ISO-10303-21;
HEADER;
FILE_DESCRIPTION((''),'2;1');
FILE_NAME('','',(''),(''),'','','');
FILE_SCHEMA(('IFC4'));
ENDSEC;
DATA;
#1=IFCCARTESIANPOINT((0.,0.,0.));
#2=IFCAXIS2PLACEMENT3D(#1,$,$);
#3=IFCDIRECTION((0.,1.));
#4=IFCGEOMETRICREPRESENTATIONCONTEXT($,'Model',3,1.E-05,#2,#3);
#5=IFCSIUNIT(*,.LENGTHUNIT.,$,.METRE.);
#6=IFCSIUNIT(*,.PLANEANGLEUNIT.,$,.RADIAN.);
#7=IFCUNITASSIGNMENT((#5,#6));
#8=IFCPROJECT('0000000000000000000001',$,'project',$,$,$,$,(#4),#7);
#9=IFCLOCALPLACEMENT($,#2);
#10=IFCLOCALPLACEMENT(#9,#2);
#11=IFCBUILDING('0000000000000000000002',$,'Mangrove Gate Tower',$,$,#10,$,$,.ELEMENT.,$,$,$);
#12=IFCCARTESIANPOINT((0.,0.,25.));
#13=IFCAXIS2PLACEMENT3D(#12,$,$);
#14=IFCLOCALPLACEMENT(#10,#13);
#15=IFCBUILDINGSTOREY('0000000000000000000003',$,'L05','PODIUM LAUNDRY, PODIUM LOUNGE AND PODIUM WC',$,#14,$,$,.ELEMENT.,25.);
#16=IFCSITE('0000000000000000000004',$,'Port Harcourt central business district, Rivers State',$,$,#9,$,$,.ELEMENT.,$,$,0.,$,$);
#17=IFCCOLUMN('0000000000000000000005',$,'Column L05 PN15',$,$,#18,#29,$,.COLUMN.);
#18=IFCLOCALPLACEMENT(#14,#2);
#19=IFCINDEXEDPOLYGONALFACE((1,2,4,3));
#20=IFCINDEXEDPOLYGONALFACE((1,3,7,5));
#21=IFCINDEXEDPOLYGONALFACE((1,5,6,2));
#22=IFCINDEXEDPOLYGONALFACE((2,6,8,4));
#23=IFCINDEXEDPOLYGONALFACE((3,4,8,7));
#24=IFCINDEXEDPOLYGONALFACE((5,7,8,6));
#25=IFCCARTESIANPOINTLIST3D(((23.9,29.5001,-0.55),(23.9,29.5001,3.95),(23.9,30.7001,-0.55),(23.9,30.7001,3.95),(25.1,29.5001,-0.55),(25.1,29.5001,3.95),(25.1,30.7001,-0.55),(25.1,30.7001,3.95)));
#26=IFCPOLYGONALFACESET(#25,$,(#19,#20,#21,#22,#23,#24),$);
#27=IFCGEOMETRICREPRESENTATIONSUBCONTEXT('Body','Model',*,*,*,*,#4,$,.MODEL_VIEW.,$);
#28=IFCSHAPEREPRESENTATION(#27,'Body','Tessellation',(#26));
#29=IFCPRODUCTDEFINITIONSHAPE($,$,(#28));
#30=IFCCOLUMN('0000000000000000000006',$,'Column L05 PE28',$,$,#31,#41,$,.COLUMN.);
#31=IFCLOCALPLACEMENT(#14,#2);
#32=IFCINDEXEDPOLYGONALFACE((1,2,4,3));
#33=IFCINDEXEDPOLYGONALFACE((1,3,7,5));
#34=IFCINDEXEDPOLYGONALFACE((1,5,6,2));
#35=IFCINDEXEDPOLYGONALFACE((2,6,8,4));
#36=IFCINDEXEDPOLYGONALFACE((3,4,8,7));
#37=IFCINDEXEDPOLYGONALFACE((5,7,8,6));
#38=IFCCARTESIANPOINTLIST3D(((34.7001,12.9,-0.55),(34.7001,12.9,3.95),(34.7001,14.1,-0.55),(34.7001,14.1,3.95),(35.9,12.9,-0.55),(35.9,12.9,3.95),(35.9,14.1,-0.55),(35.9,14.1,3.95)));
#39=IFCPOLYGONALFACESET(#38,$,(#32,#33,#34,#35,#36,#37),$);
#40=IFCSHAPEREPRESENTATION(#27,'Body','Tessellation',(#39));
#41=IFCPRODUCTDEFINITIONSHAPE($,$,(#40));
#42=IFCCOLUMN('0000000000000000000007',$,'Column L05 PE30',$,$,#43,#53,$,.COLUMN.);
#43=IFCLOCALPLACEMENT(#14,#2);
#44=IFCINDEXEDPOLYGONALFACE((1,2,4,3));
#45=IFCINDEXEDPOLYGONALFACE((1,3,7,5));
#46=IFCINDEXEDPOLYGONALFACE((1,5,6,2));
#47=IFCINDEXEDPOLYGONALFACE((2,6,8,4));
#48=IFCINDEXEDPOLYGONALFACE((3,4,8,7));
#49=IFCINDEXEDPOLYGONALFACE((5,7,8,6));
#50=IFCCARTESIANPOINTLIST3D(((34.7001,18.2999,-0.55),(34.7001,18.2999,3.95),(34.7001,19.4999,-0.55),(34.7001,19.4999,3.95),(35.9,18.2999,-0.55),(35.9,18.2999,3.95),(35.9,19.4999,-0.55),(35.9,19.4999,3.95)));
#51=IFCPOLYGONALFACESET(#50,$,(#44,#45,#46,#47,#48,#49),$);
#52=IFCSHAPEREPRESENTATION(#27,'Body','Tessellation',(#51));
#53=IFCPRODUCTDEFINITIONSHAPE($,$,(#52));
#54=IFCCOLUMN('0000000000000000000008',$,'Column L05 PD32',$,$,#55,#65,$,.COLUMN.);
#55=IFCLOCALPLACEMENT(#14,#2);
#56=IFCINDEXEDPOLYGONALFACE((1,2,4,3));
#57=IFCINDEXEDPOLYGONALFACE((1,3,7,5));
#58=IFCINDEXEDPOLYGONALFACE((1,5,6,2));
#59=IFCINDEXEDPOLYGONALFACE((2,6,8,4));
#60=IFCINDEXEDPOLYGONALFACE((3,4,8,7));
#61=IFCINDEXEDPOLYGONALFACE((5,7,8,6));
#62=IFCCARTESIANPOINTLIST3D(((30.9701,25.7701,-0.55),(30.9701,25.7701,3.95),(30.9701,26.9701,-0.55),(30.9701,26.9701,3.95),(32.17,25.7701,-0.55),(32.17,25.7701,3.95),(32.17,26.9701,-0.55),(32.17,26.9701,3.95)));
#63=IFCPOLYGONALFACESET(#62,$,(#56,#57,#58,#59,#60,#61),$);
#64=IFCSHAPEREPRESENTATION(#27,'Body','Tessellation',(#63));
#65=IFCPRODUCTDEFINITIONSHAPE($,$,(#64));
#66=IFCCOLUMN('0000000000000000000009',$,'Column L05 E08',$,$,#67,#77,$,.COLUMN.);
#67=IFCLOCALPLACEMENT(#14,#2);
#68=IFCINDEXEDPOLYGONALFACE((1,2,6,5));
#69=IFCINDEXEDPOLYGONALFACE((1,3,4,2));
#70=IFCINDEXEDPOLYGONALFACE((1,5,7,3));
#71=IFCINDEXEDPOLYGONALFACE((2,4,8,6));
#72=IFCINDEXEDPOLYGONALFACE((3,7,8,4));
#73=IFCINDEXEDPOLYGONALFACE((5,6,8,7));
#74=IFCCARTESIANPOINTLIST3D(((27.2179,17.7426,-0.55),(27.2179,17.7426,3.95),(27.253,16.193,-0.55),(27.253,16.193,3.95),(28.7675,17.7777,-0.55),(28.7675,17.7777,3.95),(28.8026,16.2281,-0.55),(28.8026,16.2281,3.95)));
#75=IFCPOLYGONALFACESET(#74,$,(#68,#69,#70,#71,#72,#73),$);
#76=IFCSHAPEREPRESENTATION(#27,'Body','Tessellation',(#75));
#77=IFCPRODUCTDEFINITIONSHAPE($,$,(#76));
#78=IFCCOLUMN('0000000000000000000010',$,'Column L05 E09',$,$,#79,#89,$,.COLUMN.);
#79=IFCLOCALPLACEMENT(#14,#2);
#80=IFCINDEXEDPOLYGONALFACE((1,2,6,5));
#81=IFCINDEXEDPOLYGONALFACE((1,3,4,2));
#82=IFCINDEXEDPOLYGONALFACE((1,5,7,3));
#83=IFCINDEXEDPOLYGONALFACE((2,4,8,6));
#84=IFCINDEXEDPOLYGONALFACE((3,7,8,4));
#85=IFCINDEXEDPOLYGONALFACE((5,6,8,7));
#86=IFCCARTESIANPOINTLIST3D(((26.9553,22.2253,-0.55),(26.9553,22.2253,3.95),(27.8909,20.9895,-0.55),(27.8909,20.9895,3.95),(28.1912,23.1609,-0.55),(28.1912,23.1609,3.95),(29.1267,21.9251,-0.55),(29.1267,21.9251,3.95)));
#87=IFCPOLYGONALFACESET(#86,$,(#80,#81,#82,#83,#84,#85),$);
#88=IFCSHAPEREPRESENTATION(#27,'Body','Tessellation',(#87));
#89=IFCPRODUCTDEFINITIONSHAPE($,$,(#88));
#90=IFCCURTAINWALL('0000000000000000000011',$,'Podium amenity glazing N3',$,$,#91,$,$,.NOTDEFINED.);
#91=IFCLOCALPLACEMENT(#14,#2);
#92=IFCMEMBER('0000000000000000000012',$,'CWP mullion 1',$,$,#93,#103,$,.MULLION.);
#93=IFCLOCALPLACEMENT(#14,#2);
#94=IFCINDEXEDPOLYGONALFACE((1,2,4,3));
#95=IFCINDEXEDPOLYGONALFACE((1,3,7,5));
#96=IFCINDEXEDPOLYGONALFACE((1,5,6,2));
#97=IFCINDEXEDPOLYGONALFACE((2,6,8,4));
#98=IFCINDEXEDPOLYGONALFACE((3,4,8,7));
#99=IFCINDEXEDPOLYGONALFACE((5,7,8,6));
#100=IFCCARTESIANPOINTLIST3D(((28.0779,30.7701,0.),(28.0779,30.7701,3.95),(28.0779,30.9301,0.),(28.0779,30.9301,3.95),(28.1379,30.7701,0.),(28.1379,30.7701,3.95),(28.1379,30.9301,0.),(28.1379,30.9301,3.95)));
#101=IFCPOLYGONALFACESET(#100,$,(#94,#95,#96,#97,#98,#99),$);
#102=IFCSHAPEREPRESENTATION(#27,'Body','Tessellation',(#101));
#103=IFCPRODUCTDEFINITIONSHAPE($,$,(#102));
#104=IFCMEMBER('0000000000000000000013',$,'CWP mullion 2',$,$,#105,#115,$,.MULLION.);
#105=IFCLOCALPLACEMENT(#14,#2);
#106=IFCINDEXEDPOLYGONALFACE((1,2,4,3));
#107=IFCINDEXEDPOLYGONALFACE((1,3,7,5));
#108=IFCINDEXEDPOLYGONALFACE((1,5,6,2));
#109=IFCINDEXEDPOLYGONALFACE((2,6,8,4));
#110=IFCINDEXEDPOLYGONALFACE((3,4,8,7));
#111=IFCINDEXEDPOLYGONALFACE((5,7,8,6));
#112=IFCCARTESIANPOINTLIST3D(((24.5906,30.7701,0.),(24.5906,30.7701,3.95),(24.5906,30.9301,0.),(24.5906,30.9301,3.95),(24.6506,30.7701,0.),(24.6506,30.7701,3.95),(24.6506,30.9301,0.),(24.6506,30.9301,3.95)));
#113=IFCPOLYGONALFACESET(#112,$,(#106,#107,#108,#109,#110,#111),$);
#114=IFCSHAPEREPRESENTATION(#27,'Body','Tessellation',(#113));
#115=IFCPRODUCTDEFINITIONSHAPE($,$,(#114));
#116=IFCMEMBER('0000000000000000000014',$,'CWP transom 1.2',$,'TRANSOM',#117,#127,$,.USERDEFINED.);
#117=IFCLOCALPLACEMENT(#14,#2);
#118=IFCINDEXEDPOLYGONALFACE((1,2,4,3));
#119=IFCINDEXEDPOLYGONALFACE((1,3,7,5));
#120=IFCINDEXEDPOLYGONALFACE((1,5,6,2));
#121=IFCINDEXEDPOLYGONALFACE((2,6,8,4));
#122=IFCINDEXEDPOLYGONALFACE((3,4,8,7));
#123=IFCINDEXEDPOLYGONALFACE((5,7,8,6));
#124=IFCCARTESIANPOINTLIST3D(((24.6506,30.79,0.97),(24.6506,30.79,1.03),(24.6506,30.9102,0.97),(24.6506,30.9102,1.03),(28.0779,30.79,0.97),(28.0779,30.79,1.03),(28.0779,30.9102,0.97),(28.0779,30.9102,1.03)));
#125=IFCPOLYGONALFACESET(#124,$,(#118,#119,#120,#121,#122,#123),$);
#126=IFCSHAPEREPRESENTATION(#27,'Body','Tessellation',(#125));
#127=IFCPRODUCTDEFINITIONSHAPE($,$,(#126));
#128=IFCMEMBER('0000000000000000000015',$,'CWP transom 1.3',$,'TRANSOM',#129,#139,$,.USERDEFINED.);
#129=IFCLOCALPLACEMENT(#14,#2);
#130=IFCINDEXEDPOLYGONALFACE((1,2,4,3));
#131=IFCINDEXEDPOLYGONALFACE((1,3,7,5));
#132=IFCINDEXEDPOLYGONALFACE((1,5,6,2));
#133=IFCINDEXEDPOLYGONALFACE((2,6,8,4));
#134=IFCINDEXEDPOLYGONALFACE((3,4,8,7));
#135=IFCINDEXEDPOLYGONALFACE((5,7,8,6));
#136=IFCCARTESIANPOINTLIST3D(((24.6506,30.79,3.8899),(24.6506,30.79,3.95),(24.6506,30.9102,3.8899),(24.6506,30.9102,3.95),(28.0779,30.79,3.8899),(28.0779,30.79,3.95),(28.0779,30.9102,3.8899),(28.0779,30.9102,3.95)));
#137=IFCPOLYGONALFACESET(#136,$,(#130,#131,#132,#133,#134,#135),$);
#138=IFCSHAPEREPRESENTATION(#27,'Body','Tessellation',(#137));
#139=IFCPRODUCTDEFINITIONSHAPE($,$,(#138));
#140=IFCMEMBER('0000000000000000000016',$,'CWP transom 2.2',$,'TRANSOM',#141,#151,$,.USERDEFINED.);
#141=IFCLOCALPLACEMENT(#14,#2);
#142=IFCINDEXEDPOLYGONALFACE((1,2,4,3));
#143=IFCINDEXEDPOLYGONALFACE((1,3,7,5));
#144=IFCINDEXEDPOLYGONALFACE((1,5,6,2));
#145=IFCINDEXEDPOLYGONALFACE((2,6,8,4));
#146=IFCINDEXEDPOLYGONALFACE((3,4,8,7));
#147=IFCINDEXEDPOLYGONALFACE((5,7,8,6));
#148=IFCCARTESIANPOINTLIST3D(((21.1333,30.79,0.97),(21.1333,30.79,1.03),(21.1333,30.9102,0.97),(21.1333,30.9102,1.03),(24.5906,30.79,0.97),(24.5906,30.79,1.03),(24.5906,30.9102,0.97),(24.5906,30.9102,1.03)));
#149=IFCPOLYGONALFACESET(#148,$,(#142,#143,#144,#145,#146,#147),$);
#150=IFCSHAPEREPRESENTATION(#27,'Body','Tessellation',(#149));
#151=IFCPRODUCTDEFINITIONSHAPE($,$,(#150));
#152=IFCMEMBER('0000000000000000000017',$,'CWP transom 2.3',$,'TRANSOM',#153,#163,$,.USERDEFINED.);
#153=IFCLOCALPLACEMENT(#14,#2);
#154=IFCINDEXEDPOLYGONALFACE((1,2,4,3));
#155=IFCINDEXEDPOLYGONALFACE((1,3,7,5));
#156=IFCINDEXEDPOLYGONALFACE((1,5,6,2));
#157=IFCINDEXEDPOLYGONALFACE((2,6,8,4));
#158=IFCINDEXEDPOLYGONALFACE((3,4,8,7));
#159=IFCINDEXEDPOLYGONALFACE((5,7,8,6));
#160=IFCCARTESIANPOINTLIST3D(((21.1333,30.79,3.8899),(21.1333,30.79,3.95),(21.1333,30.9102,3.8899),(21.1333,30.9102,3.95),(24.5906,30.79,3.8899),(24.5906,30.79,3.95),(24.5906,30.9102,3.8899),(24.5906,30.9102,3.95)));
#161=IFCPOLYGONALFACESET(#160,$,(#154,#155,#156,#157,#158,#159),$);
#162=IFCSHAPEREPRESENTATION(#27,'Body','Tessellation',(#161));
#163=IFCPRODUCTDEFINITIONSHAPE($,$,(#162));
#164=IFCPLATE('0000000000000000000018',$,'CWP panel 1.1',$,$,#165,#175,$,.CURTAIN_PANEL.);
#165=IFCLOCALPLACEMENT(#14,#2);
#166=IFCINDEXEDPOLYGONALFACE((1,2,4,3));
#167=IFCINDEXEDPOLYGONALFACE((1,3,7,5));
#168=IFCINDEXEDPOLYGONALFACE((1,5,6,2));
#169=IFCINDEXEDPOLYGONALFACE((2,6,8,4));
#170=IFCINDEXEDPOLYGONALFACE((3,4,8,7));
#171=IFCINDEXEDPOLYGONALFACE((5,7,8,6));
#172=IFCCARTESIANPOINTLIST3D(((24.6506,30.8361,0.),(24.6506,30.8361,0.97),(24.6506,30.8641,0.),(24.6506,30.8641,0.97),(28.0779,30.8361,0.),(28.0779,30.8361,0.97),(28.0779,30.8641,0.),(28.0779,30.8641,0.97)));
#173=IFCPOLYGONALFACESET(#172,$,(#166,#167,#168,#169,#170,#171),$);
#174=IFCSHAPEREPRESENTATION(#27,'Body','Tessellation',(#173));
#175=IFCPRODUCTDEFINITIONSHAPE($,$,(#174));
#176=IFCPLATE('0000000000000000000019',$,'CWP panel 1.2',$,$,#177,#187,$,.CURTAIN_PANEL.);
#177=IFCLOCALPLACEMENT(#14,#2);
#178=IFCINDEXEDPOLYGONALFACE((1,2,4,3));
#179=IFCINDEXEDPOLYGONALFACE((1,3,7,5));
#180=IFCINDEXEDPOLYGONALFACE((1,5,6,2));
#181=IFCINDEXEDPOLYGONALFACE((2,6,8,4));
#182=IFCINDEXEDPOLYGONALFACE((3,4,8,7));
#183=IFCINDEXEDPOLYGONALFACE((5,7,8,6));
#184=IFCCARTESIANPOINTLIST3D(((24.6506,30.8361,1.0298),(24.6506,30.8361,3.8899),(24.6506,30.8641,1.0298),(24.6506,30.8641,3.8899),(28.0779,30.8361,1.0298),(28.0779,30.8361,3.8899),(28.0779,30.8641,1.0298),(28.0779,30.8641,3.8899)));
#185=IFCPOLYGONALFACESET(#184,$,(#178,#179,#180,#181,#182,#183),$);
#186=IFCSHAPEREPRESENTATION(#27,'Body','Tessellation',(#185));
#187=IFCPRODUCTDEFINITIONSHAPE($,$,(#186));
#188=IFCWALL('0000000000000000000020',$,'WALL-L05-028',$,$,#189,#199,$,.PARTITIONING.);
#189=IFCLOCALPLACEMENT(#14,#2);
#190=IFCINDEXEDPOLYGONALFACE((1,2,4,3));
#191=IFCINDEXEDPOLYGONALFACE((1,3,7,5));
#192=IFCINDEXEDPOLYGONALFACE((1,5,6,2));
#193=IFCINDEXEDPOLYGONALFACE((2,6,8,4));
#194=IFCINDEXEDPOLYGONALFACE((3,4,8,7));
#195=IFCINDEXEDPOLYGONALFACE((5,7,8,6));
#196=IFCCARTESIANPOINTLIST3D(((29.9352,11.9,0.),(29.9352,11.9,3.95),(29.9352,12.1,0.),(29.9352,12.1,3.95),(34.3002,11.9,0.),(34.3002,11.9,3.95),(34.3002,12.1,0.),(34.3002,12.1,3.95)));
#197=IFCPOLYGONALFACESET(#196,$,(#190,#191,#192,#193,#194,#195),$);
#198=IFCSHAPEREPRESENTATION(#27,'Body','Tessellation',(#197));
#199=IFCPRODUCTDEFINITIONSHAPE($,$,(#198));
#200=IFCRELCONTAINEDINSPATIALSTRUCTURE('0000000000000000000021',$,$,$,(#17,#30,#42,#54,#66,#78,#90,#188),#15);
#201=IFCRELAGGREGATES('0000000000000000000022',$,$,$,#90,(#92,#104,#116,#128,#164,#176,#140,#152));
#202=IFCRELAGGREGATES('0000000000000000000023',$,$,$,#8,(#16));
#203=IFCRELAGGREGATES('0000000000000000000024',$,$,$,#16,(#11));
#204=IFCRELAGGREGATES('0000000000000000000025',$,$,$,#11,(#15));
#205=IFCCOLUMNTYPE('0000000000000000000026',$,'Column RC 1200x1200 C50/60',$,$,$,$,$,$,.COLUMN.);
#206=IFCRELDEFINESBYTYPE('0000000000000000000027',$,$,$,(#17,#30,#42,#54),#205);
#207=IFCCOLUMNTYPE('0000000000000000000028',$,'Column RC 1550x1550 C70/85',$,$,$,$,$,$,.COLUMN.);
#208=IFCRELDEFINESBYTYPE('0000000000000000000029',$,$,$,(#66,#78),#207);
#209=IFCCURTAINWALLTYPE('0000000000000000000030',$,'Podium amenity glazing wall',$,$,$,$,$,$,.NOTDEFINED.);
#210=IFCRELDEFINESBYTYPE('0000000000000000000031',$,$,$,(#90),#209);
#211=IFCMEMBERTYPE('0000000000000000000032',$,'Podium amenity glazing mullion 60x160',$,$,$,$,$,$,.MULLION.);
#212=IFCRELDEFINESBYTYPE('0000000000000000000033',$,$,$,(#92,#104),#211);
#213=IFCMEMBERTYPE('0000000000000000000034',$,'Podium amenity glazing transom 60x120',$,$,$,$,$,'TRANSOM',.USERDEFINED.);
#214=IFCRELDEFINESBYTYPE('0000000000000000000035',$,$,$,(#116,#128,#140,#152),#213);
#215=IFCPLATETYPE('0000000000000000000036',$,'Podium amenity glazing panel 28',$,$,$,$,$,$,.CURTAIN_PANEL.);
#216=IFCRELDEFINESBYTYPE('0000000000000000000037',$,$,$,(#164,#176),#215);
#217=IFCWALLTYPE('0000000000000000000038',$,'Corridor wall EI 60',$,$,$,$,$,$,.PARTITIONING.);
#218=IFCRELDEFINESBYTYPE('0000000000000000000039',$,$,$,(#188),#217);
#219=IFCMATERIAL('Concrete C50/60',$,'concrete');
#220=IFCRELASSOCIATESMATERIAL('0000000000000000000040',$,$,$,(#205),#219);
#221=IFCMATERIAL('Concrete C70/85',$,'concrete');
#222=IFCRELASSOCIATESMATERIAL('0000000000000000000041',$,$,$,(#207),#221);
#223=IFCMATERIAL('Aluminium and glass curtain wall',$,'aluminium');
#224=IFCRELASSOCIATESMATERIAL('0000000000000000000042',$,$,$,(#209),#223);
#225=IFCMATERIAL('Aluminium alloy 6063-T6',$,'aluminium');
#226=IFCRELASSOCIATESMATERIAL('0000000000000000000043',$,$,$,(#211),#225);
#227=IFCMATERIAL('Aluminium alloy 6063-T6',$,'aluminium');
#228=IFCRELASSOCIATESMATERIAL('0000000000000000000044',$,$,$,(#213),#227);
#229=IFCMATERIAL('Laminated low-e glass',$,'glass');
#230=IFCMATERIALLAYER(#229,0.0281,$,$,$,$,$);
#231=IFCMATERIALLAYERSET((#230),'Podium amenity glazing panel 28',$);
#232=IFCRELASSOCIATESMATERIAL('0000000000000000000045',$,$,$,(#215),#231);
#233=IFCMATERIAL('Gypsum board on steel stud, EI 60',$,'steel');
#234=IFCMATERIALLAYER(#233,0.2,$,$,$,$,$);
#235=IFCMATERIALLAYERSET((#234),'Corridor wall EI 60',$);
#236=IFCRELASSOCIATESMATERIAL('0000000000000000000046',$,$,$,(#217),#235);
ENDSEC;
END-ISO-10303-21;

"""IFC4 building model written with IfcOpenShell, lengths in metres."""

from ifc_helpers import new_model, si_unit, direction, frame, frame_2d, origin, origin_2d, place, context, subcontext, project, spatial, rectangle, extrude, material, layer, layer_set, material_profile, profile_set, type_object, element, aggregate, save


model = new_model("IFC4")

# Units and contexts
model_context = context("Model", 3, precision=1e-05, world=origin(), true_north=direction((0.0, 1.0)))
body_context = subcontext(model_context, "Body", "Model", "MODEL_VIEW")
ifc_project = project(units=[si_unit("LENGTHUNIT", "METRE"), si_unit("PLANEANGLEUNIT", "RADIAN")], contexts=[model_context])

# Site, building, storey
site_placement = place(None, origin())
site = spatial("IfcSite", under=ifc_project, at=site_placement, Name="Port Harcourt central business district, Rivers State", CompositionType="ELEMENT", RefElevation=0.0)
building_placement = place(site_placement, origin())
building = spatial("IfcBuilding", under=site, at=building_placement, Name="Mangrove Gate Tower", CompositionType="ELEMENT")
storey_placement = place(building_placement, frame((0.0, 0.0, 25.0)))
storey = spatial("IfcBuildingStorey", under=building, at=storey_placement, Name="L05", Description="PODIUM LAUNDRY, PODIUM LOUNGE AND PODIUM WC", CompositionType="ELEMENT", Elevation=25.0)

# Columns
ifc_material_1 = material(Name="Concrete C50/60", Category="concrete")
ifc_material_profile_1 = material_profile(ifc_material_1, rectangle(XDim=1.2, YDim=1.2, at=origin_2d()))
ifc_profile_set_1 = profile_set([ifc_material_profile_1], Name="Concrete C50/60")
column_type_1 = type_object("IfcColumnType", Name="Column RC 1200x1200 C50/60", PredefinedType="COLUMN", material=ifc_profile_set_1)
for number, where, z_axis, x_axis, name in (
    (1, (24.5, 30.1001, -0.55), (0.0, 0.0, 1.0), (1.0, 0.0, 0.0), "Column L05 PN15"),
    (2, (35.3, 13.5, -0.55), (0.0, 0.0, 1.0), (1.0, 0.0, 0.0), "Column L05 PE28"),
    (3, (35.3, 18.8999, -0.55), (0.0, 0.0, 1.0), (1.0, 0.0, 0.0), "Column L05 PE30"),
    (4, (31.5701, 26.3701, -0.55), (0.0, 0.0, 1.0), (1.0, 0.0, 0.0), "Column L05 PD32"),
):
    element("IfcColumn", number, at=place(storey_placement, frame(where, z_axis=z_axis, x_axis=x_axis)), inside=storey, type_object=column_type_1, Name=name, PredefinedType="COLUMN", context=body_context, shape_type="SweptSolid", body=[
        extrude(rectangle(XDim=1.2, YDim=1.2, at=origin_2d()), origin(), (0.0, 0.0, 1.0), 4.5),
    ])
ifc_material_2 = material(Name="Concrete C70/85", Category="concrete")
ifc_material_profile_2 = material_profile(ifc_material_2, rectangle(XDim=1.55, YDim=1.55, at=origin_2d()))
ifc_profile_set_2 = profile_set([ifc_material_profile_2], Name="Concrete C70/85")
column_type_2 = type_object("IfcColumnType", Name="Column RC 1550x1550 C70/85", PredefinedType="COLUMN", material=ifc_profile_set_2)
for number, where, z_axis, x_axis, name in (
    (5, (28.0103, 16.9854, -0.55), (0.0, 0.0, 1.0), (-0.022646, 0.999744, 0.0), "Column L05 E08"),
    (6, (28.041, 22.0752, -0.55), (0.0, 0.0, 1.0), (-0.603576, 0.797306, 0.0), "Column L05 E09"),
):
    element("IfcColumn", number, at=place(storey_placement, frame(where, z_axis=z_axis, x_axis=x_axis)), inside=storey, type_object=column_type_2, Name=name, PredefinedType="COLUMN", context=body_context, shape_type="SweptSolid", body=[
        extrude(rectangle(XDim=1.55, YDim=1.55, at=origin_2d()), origin(), (0.0, 0.0, 1.0), 4.5),
    ])

# Curtain wall, members, plates
ifc_material_3 = material(Name="Aluminium and glass curtain wall", Category="aluminium")
curtain_wall_type = type_object("IfcCurtainWallType", Name="Podium amenity glazing wall", PredefinedType="NOTDEFINED", material=ifc_material_3)
curtain_wall_placement = place(storey_placement, origin())
curtain_wall = element("IfcCurtainWall", 7, at=curtain_wall_placement, inside=storey, type_object=curtain_wall_type, Name="Podium amenity glazing N3", PredefinedType="NOTDEFINED")
ifc_material_4 = material(Name="Aluminium alloy 6063-T6", Category="aluminium")
ifc_material_profile_3 = material_profile(ifc_material_4, rectangle(XDim=0.0601, YDim=0.1599, at=origin_2d()))
ifc_profile_set_3 = profile_set([ifc_material_profile_3], Name="Aluminium alloy 6063-T6")
member_type_1 = type_object("IfcMemberType", Name="Podium amenity glazing mullion 60x160", PredefinedType="MULLION", material=ifc_profile_set_3)
member_1_placement = place(storey_placement, frame((28.1079, 30.8501, 0.0), z_axis=(0.0, 0.0, 1.0), x_axis=(-1.0, 0.0, 0.0)))
member_1 = element("IfcMember", 8, at=member_1_placement, type_object=member_type_1, Name="CWP mullion 1", PredefinedType="MULLION", context=body_context, shape_type="SweptSolid", body=[
    extrude(rectangle(XDim=0.0601, YDim=0.1599, at=origin_2d()), origin(), (0.0, 0.0, 1.0), 3.95),
])
member_2_placement = place(storey_placement, frame((24.6206, 30.8501, 0.0), z_axis=(0.0, 0.0, 1.0), x_axis=(-1.0, 0.0, 0.0)))
member_2 = element("IfcMember", 9, at=member_2_placement, type_object=member_type_1, Name="CWP mullion 2", PredefinedType="MULLION", context=body_context, shape_type="SweptSolid", body=[
    extrude(rectangle(XDim=0.0601, YDim=0.1599, at=origin_2d()), origin(), (0.0, 0.0, 1.0), 3.95),
])
ifc_material_5 = material(Name="Aluminium alloy 6063-T6", Category="aluminium")
ifc_material_profile_4 = material_profile(ifc_material_5, rectangle(XDim=0.0601, YDim=0.1201, at=origin_2d()))
ifc_profile_set_4 = profile_set([ifc_material_profile_4], Name="Aluminium alloy 6063-T6")
member_type_2 = type_object("IfcMemberType", Name="Podium amenity glazing transom 60x120", ElementType="TRANSOM", PredefinedType="USERDEFINED", material=ifc_profile_set_4)
member_3_placement = place(storey_placement, frame((28.0779, 30.8501, 1.0), z_axis=(-1.0, 0.0, 0.0), x_axis=(0.0, 0.0, 1.0)))
member_3 = element("IfcMember", 10, at=member_3_placement, type_object=member_type_2, Name="CWP transom 1.2", ObjectType="TRANSOM", PredefinedType="USERDEFINED", context=body_context, shape_type="SweptSolid", body=[
    extrude(rectangle(XDim=0.0601, YDim=0.1201, at=origin_2d()), origin(), (0.0, 0.0, 1.0), 3.4272),
])
member_4_placement = place(storey_placement, frame((28.0779, 30.8501, 3.9199), z_axis=(-1.0, 0.0, 0.0), x_axis=(0.0, 0.0, 1.0)))
member_4 = element("IfcMember", 11, at=member_4_placement, type_object=member_type_2, Name="CWP transom 1.3", ObjectType="TRANSOM", PredefinedType="USERDEFINED", context=body_context, shape_type="SweptSolid", body=[
    extrude(rectangle(XDim=0.0601, YDim=0.1201, at=origin_2d()), origin(), (0.0, 0.0, 1.0), 3.4272),
])
member_5_placement = place(storey_placement, frame((24.5906, 30.8501, 1.0), z_axis=(-1.0, 0.0, 0.0), x_axis=(0.0, 0.0, 1.0)))
member_5 = element("IfcMember", 12, at=member_5_placement, type_object=member_type_2, Name="CWP transom 2.2", ObjectType="TRANSOM", PredefinedType="USERDEFINED", context=body_context, shape_type="SweptSolid", body=[
    extrude(rectangle(XDim=0.0601, YDim=0.1201, at=origin_2d()), origin(), (0.0, 0.0, 1.0), 3.4573),
])
member_6_placement = place(storey_placement, frame((24.5906, 30.8501, 3.9199), z_axis=(-1.0, 0.0, 0.0), x_axis=(0.0, 0.0, 1.0)))
member_6 = element("IfcMember", 13, at=member_6_placement, type_object=member_type_2, Name="CWP transom 2.3", ObjectType="TRANSOM", PredefinedType="USERDEFINED", context=body_context, shape_type="SweptSolid", body=[
    extrude(rectangle(XDim=0.0601, YDim=0.1201, at=origin_2d()), origin(), (0.0, 0.0, 1.0), 3.4573),
])
ifc_material_6 = material(Name="Laminated low-e glass", Category="glass")
ifc_layer_1 = layer(ifc_material_6, 0.0281)
ifc_layer_set_1 = layer_set([ifc_layer_1], Name="Podium amenity glazing panel 28")
plate_type = type_object("IfcPlateType", Name="Podium amenity glazing panel 28", PredefinedType="CURTAIN_PANEL", material=ifc_layer_set_1)
plate_1_placement = place(storey_placement, frame((26.3643, 30.8501, 0.0), z_axis=(0.0, 0.0, 1.0), x_axis=(-1.0, 0.0, 0.0)))
plate_1 = element("IfcPlate", 14, at=plate_1_placement, type_object=plate_type, Name="CWP panel 1.1", PredefinedType="CURTAIN_PANEL", context=body_context, shape_type="SweptSolid", body=[
    extrude(rectangle(XDim=3.4272, YDim=0.0281, at=origin_2d()), origin(), (0.0, 0.0, 1.0), 0.97),
])
plate_2_placement = place(storey_placement, frame((26.3643, 30.8501, 1.0298), z_axis=(0.0, 0.0, 1.0), x_axis=(-1.0, 0.0, 0.0)))
plate_2 = element("IfcPlate", 15, at=plate_2_placement, type_object=plate_type, Name="CWP panel 1.2", PredefinedType="CURTAIN_PANEL", context=body_context, shape_type="SweptSolid", body=[
    extrude(rectangle(XDim=3.4272, YDim=0.0281, at=origin_2d()), origin(), (0.0, 0.0, 1.0), 2.8601),
])
aggregate(curtain_wall, [member_1, member_2, member_3, member_4, plate_1, plate_2, member_5, member_6])

# Wall
ifc_material_7 = material(Name="Gypsum board on steel stud, EI 60", Category="steel")
ifc_layer_2 = layer(ifc_material_7, 0.2)
ifc_layer_set_2 = layer_set([ifc_layer_2], Name="Corridor wall EI 60")
wall_type_1 = type_object("IfcWallType", Name="Corridor wall EI 60", PredefinedType="PARTITIONING", material=ifc_layer_set_2)
wall_1_placement = place(storey_placement, frame((29.9351, 12.0, 0.0), z_axis=(0.0, 0.0, 1.0), x_axis=(1.0, 0.0, 0.0)))
element("IfcWall", 16, at=wall_1_placement, inside=storey, type_object=wall_type_1, Name="WALL-L05-028", PredefinedType="PARTITIONING", context=body_context, shape_type="SweptSolid", body=[
    extrude(rectangle(XDim=4.365, YDim=0.2, at=frame_2d((2.1826, 0.0))), origin(), (0.0, 0.0, 1.0), 3.95),
])

save(model, "model.ifc")
